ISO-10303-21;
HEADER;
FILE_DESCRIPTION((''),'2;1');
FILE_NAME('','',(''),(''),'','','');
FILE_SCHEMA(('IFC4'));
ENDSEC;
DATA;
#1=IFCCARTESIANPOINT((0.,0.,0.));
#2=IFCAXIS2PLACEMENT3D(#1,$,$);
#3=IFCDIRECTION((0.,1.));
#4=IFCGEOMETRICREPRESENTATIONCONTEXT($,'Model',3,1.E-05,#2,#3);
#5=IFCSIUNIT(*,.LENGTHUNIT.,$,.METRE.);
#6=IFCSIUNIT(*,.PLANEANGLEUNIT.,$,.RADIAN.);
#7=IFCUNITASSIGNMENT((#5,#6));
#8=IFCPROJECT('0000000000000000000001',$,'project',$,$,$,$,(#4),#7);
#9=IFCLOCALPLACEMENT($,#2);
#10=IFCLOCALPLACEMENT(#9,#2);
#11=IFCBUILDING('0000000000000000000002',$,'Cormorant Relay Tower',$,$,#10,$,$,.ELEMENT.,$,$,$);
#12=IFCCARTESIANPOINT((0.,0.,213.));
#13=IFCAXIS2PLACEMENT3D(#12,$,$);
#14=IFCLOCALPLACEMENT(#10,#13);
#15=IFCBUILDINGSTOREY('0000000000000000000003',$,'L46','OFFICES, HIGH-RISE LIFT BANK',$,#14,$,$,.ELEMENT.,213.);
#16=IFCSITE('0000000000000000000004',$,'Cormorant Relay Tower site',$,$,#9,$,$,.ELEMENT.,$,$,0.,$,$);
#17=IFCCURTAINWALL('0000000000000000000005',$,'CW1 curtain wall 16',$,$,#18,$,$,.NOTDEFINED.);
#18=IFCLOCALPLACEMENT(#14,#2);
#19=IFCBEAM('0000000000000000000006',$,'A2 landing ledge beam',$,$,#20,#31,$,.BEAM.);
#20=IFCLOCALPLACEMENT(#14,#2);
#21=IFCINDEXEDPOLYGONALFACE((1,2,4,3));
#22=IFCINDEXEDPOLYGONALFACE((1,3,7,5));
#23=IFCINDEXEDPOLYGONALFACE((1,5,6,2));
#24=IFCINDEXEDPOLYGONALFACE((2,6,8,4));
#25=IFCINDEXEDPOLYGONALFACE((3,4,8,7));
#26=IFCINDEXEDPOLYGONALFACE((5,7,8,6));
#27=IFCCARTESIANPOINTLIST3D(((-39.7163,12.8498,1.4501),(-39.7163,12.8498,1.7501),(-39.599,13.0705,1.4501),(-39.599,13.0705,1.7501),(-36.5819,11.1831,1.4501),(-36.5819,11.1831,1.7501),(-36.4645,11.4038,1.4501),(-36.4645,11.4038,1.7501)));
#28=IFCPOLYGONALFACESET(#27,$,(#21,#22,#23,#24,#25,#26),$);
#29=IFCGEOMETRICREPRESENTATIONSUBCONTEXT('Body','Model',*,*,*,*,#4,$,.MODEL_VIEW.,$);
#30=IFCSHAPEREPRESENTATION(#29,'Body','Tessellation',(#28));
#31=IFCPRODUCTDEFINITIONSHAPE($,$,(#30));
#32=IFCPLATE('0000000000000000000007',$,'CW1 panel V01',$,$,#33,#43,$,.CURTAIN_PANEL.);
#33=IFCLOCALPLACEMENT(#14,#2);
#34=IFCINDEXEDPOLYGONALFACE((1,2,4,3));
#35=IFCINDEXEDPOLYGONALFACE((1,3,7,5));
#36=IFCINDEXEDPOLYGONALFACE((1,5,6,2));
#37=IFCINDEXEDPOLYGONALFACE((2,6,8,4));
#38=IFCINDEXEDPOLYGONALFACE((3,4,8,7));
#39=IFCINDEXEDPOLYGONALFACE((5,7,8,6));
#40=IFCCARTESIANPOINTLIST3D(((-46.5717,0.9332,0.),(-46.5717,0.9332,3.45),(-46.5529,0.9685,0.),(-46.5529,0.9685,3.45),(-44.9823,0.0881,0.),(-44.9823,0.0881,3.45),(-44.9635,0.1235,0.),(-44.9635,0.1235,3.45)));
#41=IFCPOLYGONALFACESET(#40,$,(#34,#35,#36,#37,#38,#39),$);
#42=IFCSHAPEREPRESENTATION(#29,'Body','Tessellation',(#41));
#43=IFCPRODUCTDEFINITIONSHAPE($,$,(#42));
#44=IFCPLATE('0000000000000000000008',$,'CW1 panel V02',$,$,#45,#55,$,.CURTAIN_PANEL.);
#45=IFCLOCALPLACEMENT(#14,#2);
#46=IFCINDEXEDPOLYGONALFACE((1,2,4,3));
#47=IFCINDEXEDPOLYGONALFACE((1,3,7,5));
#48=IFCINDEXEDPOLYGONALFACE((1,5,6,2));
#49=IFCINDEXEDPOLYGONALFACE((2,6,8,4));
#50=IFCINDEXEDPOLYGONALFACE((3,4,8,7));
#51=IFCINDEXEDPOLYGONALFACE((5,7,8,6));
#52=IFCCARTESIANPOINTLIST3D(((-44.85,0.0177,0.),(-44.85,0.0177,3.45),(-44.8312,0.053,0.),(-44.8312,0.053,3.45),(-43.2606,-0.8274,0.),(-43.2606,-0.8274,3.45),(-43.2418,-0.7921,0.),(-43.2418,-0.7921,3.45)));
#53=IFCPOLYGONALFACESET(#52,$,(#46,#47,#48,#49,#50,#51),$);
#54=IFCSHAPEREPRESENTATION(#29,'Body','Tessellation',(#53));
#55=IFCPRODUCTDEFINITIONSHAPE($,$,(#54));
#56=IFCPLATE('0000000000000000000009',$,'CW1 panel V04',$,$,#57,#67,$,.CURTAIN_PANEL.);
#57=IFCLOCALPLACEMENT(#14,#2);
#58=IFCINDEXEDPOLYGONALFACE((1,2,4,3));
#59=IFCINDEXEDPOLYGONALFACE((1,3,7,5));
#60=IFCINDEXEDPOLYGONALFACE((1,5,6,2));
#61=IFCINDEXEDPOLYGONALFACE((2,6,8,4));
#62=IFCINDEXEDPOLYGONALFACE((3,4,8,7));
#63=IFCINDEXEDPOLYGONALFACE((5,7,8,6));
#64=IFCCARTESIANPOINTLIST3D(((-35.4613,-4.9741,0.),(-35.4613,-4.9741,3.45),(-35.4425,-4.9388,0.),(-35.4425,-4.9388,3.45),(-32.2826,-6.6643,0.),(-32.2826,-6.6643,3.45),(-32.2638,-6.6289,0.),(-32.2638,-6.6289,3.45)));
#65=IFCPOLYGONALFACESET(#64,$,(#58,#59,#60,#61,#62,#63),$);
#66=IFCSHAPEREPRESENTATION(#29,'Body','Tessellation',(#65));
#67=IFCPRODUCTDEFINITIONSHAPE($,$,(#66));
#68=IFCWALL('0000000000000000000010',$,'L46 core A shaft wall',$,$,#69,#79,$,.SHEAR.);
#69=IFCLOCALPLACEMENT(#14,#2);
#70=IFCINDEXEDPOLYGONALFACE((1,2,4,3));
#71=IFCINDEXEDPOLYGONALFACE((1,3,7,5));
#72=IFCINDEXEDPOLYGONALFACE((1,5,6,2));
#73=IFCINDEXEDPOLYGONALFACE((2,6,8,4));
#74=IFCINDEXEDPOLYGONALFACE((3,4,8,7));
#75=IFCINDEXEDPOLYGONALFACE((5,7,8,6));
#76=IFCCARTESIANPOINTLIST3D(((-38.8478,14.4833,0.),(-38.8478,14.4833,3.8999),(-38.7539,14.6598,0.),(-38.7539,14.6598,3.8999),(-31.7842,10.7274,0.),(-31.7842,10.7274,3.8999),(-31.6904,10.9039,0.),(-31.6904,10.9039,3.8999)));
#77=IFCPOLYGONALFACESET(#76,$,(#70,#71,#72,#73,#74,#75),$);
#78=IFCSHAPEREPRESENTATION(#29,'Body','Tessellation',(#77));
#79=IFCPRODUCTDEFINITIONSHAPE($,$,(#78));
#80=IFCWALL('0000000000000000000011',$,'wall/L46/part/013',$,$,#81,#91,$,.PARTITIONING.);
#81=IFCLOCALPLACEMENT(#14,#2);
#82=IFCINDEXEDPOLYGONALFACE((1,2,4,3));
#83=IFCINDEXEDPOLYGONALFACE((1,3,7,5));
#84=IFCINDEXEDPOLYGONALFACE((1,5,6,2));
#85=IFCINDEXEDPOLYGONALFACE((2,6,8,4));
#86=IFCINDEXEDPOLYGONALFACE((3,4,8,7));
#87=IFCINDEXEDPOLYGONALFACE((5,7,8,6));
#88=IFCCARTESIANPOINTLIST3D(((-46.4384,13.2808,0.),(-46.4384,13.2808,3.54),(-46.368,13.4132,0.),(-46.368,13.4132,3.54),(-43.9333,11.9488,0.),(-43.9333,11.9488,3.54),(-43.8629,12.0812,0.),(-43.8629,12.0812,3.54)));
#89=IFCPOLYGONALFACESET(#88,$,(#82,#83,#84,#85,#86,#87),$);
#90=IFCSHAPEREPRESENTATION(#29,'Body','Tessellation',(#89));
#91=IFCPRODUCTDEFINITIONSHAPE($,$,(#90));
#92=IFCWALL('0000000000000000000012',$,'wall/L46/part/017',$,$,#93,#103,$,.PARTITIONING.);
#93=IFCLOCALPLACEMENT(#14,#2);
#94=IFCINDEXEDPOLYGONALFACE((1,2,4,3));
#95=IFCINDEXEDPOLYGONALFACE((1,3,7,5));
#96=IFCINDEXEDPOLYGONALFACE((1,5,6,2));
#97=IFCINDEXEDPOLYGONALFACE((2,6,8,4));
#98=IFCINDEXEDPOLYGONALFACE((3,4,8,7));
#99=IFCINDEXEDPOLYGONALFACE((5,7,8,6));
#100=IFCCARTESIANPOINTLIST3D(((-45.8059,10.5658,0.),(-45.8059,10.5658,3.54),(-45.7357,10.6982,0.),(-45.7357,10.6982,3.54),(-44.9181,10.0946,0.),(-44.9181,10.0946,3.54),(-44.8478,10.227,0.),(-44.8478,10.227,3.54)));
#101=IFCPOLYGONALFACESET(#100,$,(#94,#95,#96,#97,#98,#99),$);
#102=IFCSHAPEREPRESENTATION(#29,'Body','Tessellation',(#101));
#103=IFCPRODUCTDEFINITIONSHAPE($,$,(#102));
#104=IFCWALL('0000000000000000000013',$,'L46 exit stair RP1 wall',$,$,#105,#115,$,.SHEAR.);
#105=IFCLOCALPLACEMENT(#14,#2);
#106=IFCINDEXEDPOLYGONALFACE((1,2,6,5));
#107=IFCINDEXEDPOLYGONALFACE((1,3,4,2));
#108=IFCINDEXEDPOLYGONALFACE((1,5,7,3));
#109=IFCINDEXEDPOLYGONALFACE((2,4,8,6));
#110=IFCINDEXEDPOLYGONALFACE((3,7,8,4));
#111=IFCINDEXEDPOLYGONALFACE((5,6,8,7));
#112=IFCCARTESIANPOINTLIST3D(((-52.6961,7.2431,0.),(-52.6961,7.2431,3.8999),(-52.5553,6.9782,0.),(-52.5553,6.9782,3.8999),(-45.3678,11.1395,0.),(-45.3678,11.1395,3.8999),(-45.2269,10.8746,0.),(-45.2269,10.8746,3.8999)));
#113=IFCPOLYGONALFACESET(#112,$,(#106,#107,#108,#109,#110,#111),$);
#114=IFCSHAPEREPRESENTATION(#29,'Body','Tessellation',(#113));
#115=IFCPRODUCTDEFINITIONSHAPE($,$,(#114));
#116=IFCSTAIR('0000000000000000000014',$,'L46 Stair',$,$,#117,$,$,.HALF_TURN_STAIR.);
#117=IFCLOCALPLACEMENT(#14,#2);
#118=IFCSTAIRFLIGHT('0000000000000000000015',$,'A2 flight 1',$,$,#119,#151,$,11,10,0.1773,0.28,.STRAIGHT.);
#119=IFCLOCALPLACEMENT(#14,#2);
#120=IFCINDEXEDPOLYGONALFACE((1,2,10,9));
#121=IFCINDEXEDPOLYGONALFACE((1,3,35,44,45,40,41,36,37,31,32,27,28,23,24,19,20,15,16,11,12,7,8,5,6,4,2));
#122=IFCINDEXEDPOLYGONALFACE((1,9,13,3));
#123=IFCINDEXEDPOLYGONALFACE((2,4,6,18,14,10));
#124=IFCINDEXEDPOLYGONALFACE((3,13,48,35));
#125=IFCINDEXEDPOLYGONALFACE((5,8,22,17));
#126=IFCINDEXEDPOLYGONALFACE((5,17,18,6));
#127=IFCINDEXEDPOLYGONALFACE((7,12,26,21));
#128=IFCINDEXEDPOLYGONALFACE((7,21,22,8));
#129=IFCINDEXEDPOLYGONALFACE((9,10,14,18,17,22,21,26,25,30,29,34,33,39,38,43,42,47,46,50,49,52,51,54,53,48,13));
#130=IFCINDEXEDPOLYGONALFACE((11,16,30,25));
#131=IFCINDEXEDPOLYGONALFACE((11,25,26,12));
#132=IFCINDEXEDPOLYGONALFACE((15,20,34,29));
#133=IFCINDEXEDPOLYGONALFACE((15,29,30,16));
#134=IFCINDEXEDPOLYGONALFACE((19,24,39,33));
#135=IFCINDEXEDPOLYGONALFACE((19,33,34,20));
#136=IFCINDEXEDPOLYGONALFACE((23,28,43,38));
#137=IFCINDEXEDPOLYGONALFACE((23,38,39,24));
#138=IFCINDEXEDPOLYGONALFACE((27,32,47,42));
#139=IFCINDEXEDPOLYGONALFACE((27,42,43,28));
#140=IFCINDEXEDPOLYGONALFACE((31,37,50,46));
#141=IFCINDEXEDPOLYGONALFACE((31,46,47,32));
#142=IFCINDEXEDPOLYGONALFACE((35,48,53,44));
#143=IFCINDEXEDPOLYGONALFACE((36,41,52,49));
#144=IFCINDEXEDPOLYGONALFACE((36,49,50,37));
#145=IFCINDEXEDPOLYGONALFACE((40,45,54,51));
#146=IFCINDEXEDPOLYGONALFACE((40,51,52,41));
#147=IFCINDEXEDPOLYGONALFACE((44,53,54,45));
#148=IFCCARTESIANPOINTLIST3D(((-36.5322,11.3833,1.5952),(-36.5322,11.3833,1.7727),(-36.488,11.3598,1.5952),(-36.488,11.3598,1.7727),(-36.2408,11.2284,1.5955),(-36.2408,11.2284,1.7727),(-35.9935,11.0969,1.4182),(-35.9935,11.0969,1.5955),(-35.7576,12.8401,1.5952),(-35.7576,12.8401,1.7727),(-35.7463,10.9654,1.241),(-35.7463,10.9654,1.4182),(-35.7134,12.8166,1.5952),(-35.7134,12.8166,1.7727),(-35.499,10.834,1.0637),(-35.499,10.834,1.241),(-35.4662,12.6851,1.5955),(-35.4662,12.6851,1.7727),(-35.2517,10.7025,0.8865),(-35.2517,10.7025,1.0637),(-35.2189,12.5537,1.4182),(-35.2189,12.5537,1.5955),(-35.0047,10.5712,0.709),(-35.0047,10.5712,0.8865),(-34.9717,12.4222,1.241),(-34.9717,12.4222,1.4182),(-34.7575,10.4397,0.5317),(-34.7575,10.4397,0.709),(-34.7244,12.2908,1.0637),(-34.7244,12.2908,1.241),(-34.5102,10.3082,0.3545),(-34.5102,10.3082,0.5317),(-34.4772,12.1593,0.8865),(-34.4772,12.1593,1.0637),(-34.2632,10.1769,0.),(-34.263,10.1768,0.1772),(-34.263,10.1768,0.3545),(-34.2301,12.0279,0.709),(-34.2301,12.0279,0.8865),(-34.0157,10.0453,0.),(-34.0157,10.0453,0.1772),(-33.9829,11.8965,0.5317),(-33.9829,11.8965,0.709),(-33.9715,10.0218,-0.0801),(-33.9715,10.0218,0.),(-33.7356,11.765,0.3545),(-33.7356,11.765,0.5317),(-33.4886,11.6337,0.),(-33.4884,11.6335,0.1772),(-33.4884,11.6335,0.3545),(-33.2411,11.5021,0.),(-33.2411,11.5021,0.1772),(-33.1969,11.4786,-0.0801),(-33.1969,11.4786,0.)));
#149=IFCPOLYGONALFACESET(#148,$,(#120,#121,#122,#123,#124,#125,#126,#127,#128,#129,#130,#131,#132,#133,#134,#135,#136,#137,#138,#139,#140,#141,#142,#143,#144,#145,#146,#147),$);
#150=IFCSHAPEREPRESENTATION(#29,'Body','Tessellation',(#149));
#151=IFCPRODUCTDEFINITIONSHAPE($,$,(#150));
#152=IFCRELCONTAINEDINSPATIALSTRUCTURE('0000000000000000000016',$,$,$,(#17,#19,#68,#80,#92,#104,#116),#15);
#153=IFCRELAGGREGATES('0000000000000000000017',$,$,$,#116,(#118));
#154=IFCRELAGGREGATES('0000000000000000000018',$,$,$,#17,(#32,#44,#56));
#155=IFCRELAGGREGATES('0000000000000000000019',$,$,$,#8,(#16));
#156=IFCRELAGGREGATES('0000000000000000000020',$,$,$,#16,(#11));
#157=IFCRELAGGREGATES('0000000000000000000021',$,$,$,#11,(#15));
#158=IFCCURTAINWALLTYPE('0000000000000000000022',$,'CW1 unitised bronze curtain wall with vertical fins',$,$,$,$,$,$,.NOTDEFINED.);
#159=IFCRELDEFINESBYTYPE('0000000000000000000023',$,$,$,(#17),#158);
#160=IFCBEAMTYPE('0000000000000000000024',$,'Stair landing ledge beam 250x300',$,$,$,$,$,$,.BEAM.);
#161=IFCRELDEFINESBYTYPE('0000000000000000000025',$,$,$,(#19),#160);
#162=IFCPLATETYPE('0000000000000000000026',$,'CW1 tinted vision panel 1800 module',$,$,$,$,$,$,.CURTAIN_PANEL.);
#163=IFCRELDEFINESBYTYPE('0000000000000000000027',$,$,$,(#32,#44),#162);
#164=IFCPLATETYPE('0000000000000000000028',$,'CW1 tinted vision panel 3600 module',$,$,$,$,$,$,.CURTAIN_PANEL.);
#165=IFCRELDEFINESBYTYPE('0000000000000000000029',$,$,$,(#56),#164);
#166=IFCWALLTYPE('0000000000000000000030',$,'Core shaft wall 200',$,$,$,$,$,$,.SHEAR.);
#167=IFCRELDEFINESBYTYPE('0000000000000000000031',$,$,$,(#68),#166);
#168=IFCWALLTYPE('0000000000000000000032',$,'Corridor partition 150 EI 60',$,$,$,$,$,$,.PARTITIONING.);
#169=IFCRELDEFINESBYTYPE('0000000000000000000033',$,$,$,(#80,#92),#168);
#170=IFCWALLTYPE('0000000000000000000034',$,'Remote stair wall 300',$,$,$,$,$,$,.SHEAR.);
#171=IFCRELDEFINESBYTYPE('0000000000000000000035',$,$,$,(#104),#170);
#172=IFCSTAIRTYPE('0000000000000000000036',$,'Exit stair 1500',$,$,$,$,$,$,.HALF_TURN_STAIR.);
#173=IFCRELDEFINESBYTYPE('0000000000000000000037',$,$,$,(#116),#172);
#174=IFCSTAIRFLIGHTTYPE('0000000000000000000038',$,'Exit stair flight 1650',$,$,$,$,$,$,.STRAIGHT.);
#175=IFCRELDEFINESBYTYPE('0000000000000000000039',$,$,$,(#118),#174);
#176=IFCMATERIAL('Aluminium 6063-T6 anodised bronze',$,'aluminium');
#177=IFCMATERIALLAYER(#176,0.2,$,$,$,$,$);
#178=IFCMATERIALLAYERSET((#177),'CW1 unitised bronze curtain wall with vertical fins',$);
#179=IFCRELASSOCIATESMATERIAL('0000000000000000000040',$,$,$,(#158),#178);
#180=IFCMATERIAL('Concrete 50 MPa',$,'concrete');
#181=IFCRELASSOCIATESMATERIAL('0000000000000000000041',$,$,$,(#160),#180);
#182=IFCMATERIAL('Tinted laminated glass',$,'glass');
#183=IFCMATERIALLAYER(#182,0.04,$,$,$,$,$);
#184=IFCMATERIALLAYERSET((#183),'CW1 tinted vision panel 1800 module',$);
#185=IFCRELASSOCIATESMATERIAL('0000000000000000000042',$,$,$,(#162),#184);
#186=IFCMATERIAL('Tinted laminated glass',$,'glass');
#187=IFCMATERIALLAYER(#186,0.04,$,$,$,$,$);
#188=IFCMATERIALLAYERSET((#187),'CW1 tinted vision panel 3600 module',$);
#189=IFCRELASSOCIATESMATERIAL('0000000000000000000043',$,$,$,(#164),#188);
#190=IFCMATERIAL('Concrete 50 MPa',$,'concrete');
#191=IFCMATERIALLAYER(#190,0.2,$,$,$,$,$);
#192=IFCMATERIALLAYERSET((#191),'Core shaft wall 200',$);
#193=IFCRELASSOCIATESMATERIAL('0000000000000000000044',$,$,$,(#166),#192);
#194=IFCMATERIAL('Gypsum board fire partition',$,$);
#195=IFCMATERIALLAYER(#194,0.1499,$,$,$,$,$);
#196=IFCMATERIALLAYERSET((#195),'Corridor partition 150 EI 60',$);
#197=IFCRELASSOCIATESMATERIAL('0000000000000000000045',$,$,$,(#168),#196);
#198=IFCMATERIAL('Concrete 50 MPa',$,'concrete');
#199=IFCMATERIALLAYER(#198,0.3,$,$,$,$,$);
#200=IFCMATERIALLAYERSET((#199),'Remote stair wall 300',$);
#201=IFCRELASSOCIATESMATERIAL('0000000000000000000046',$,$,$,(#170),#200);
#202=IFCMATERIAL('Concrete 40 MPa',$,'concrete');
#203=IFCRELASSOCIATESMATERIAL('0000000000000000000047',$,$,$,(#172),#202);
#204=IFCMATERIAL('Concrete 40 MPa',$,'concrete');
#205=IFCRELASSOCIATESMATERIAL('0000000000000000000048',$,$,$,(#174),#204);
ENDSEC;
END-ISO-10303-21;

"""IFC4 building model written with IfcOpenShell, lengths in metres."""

from ifc_helpers import new_model, si_unit, direction, frame, frame_2d, origin, origin_2d, place, context, subcontext, project, spatial, polyline, rectangle, outline, extrude, material, layer, layer_set, material_profile, profile_set, type_object, element, aggregate, save


model = new_model("IFC4")

# Units and contexts
model_context = context("Model", 3, precision=1e-05, world=origin(), true_north=direction((0.0, 1.0)))
body_context = subcontext(model_context, "Body", "Model", "MODEL_VIEW")
ifc_project = project(units=[si_unit("LENGTHUNIT", "METRE"), si_unit("PLANEANGLEUNIT", "RADIAN")], contexts=[model_context])

# Site, building, storey
site_placement = place(None, origin())
site = spatial("IfcSite", under=ifc_project, at=site_placement, Name="Cormorant Relay Tower site", CompositionType="ELEMENT", RefElevation=0.0)
building_placement = place(site_placement, origin())
building = spatial("IfcBuilding", under=site, at=building_placement, Name="Cormorant Relay Tower", CompositionType="ELEMENT")
storey_placement = place(building_placement, frame((0.0, 0.0, 213.0)))
storey = spatial("IfcBuildingStorey", under=building, at=storey_placement, Name="L46", Description="OFFICES, HIGH-RISE LIFT BANK", CompositionType="ELEMENT", Elevation=213.0)

# Curtain wall
ifc_material_1 = material(Name="Aluminium 6063-T6 anodised bronze", Category="aluminium")
ifc_layer_1 = layer(ifc_material_1, 0.2)
ifc_layer_set_1 = layer_set([ifc_layer_1], Name="CW1 unitised bronze curtain wall with vertical fins")
curtain_wall_type = type_object("IfcCurtainWallType", Name="CW1 unitised bronze curtain wall with vertical fins", PredefinedType="NOTDEFINED", material=ifc_layer_set_1)
curtain_wall_placement = place(storey_placement, origin())
curtain_wall = element("IfcCurtainWall", 1, at=curtain_wall_placement, inside=storey, type_object=curtain_wall_type, Name="CW1 curtain wall 16", PredefinedType="NOTDEFINED")

# Beam
ifc_material_2 = material(Name="Concrete 50 MPa", Category="concrete")
ifc_material_profile_1 = material_profile(ifc_material_2, rectangle(XDim=0.25, YDim=0.3, at=origin_2d()), Name="RC 250x300")
ifc_profile_set_1 = profile_set([ifc_material_profile_1], Name="Concrete 50 MPa")
beam_type_1 = type_object("IfcBeamType", Name="Stair landing ledge beam 250x300", PredefinedType="BEAM", material=ifc_profile_set_1)
beam_1_placement = place(storey_placement, frame((-36.5232, 11.2935, 1.6001), z_axis=(-0.882937, 0.469492, 0.0), x_axis=(-0.469492, -0.882937, 0.0)))
element("IfcBeam", 2, at=beam_1_placement, inside=storey, type_object=beam_type_1, Name="A2 landing ledge beam", PredefinedType="BEAM", context=body_context, shape_type="SweptSolid", body=[
    extrude(rectangle(XDim=0.25, YDim=0.3, at=origin_2d()), origin(), (0.0, 0.0, 1.0), 3.55),
])

# Plates
ifc_material_3 = material(Name="Tinted laminated glass", Category="glass")
ifc_layer_2 = layer(ifc_material_3, 0.04)
ifc_layer_set_2 = layer_set([ifc_layer_2], Name="CW1 tinted vision panel 1800 module")
plate_type_1 = type_object("IfcPlateType", Name="CW1 tinted vision panel 1800 module", PredefinedType="CURTAIN_PANEL", material=ifc_layer_set_2)
plate_1_placement = place(storey_placement, frame((-45.7676, 0.5283, 0.0), z_axis=(0.0, 0.0, 1.0), x_axis=(0.882948, -0.469472, 0.0)))
plate_1 = element("IfcPlate", 3, at=plate_1_placement, type_object=plate_type_1, Name="CW1 panel V01", PredefinedType="CURTAIN_PANEL", context=body_context, shape_type="SweptSolid", body=[
    extrude(rectangle(XDim=1.8, YDim=0.04, at=origin_2d()), origin(), (0.0, 0.0, 1.0), 3.45),
])
plate_2_placement = place(storey_placement, frame((-44.0459, -0.3872, 0.0), z_axis=(0.0, 0.0, 1.0), x_axis=(0.882948, -0.469472, 0.0)))
plate_2 = element("IfcPlate", 4, at=plate_2_placement, type_object=plate_type_1, Name="CW1 panel V02", PredefinedType="CURTAIN_PANEL", context=body_context, shape_type="SweptSolid", body=[
    extrude(rectangle(XDim=1.8, YDim=0.04, at=origin_2d()), origin(), (0.0, 0.0, 1.0), 3.45),
])
ifc_material_4 = material(Name="Tinted laminated glass", Category="glass")
ifc_layer_3 = layer(ifc_material_4, 0.04)
ifc_layer_set_3 = layer_set([ifc_layer_3], Name="CW1 tinted vision panel 3600 module")
plate_type_2 = type_object("IfcPlateType", Name="CW1 tinted vision panel 3600 module", PredefinedType="CURTAIN_PANEL", material=ifc_layer_set_3)
plate_3_placement = place(storey_placement, frame((-33.8625, -5.8015, 0.0), z_axis=(0.0, 0.0, 1.0), x_axis=(0.882948, -0.469472, 0.0)))
plate_3 = element("IfcPlate", 5, at=plate_3_placement, type_object=plate_type_2, Name="CW1 panel V04", PredefinedType="CURTAIN_PANEL", context=body_context, shape_type="SweptSolid", body=[
    extrude(rectangle(XDim=3.6001, YDim=0.04, at=origin_2d()), origin(), (0.0, 0.0, 1.0), 3.45),
])

# Walls
ifc_material_5 = material(Name="Concrete 50 MPa", Category="concrete")
ifc_layer_4 = layer(ifc_material_5, 0.2)
ifc_layer_set_4 = layer_set([ifc_layer_4], Name="Core shaft wall 200")
wall_type_1 = type_object("IfcWallType", Name="Core shaft wall 200", PredefinedType="SHEAR", material=ifc_layer_set_4)
wall_1_placement = place(storey_placement, frame((-31.7373, 10.8157, 0.0), z_axis=(0.0, 0.0, 1.0), x_axis=(-0.88294, 0.469485, 0.0)))
element("IfcWall", 6, at=wall_1_placement, inside=storey, type_object=wall_type_1, Name="L46 core A shaft wall", PredefinedType="SHEAR", context=body_context, shape_type="SweptSolid", body=[
    extrude(rectangle(XDim=8.0, YDim=0.2, at=frame_2d((4.0, 0.0))), origin(), (0.0, 0.0, 1.0), 3.8999),
])
ifc_material_6 = material(Name="Gypsum board fire partition")
ifc_layer_5 = layer(ifc_material_6, 0.1499)
ifc_layer_set_5 = layer_set([ifc_layer_5], Name="Corridor partition 150 EI 60")
wall_type_2 = type_object("IfcWallType", Name="Corridor partition 150 EI 60", PredefinedType="PARTITIONING", material=ifc_layer_set_5)
wall_2_placement = place(storey_placement, frame((-46.4031, 13.3469, 0.0), z_axis=(0.0, 0.0, 1.0), x_axis=(0.882943, -0.46948, 0.0)))
element("IfcWall", 7, at=wall_2_placement, inside=storey, type_object=wall_type_2, Name="wall/L46/part/013", PredefinedType="PARTITIONING", context=body_context, shape_type="SweptSolid", body=[
    extrude(rectangle(XDim=2.8372, YDim=0.1499, at=frame_2d((1.4185, 0.0))), origin(), (0.0, 0.0, 1.0), 3.54),
])
wall_3_placement = place(storey_placement, frame((-44.8831, 10.1609, 0.0), z_axis=(0.0, 0.0, 1.0), x_axis=(-0.883333, 0.468747, 0.0)))
element("IfcWall", 8, at=wall_3_placement, inside=storey, type_object=wall_type_2, Name="wall/L46/part/017", PredefinedType="PARTITIONING", context=body_context, shape_type="SweptSolid", body=[
    extrude(rectangle(XDim=1.0051, YDim=0.1499, at=frame_2d((0.5024, 0.0))), origin(), (0.0, 0.0, 1.0), 3.54),
])
ifc_material_7 = material(Name="Concrete 50 MPa", Category="concrete")
ifc_layer_6 = layer(ifc_material_7, 0.3)
ifc_layer_set_6 = layer_set([ifc_layer_6], Name="Remote stair wall 300")
wall_type_3 = type_object("IfcWallType", Name="Remote stair wall 300", PredefinedType="SHEAR", material=ifc_layer_set_6)
wall_4_placement = place(storey_placement, frame((-45.2974, 11.0071, 0.0), z_axis=(0.0, 0.0, 1.0), x_axis=(-0.882952, -0.469464, 0.0)))
element("IfcWall", 9, at=wall_4_placement, inside=storey, type_object=wall_type_3, Name="L46 exit stair RP1 wall", PredefinedType="SHEAR", context=body_context, shape_type="SweptSolid", body=[
    extrude(rectangle(XDim=8.2998, YDim=0.3, at=frame_2d((4.1499, 0.0))), origin(), (0.0, 0.0, 1.0), 3.8999),
])

# Stair, stair flight
ifc_material_8 = material(Name="Concrete 40 MPa", Category="concrete")
stair_type = type_object("IfcStairType", Name="Exit stair 1500", PredefinedType="HALF_TURN_STAIR", material=ifc_material_8)
stair_placement = place(storey_placement, origin())
stair = element("IfcStair", 10, at=stair_placement, inside=storey, type_object=stair_type, Name="L46 Stair", PredefinedType="HALF_TURN_STAIR")
ifc_material_9 = material(Name="Concrete 40 MPa", Category="concrete")
stair_flight_type = type_object("IfcStairFlightType", Name="Exit stair flight 1650", PredefinedType="STRAIGHT", material=ifc_material_9)
stair_flight_1_placement = place(storey_placement, frame((-33.6284, 10.7737, 0.0), z_axis=(0.0, 0.0, 1.0), x_axis=(-0.882948, 0.469472, 0.0)))
stair_flight_1 = element("IfcStairFlight", 11, at=stair_flight_1_placement, type_object=stair_flight_type, Name="A2 flight 1", NumberOfRisers=11, NumberOfTreads=10, PredefinedType="STRAIGHT", RiserHeight=0.1773, TreadLength=0.28, context=body_context, shape_type="SweptSolid", body=[
    extrude(outline(polyline([(-0.05, -0.0801), (-0.05, 0.0), (0.0, 0.0), (0.0, 0.1772), (0.28, 0.1772), (0.28, 0.3545), (0.5601, 0.3545), (0.5601, 0.5317), (0.8401, 0.5317), (0.8401, 0.709), (1.1201, 0.709), (1.1201, 0.8865), (1.3999, 0.8865), (1.3999, 1.0637), (1.6799, 1.0637), (1.6799, 1.241), (1.96, 1.241), (1.96, 1.4182), (2.24, 1.4182), (2.24, 1.5955), (2.52, 1.5955), (2.52, 1.7727), (2.8, 1.7727), (2.8501, 1.7727), (2.8501, 1.5952), (2.8, 1.5952), (0.2803, 0.0), (-0.05, -0.0801)])), frame((0.0, 0.825, 0.0), z_axis=(0.0, -1.0, 0.0), x_axis=(1.0, 0.0, 0.0)), (0.0, 0.0, 1.0), 1.6499),
])
aggregate(stair, [stair_flight_1])

aggregate(curtain_wall, [plate_1, plate_2, plate_3])

save(model, "model.ifc")
